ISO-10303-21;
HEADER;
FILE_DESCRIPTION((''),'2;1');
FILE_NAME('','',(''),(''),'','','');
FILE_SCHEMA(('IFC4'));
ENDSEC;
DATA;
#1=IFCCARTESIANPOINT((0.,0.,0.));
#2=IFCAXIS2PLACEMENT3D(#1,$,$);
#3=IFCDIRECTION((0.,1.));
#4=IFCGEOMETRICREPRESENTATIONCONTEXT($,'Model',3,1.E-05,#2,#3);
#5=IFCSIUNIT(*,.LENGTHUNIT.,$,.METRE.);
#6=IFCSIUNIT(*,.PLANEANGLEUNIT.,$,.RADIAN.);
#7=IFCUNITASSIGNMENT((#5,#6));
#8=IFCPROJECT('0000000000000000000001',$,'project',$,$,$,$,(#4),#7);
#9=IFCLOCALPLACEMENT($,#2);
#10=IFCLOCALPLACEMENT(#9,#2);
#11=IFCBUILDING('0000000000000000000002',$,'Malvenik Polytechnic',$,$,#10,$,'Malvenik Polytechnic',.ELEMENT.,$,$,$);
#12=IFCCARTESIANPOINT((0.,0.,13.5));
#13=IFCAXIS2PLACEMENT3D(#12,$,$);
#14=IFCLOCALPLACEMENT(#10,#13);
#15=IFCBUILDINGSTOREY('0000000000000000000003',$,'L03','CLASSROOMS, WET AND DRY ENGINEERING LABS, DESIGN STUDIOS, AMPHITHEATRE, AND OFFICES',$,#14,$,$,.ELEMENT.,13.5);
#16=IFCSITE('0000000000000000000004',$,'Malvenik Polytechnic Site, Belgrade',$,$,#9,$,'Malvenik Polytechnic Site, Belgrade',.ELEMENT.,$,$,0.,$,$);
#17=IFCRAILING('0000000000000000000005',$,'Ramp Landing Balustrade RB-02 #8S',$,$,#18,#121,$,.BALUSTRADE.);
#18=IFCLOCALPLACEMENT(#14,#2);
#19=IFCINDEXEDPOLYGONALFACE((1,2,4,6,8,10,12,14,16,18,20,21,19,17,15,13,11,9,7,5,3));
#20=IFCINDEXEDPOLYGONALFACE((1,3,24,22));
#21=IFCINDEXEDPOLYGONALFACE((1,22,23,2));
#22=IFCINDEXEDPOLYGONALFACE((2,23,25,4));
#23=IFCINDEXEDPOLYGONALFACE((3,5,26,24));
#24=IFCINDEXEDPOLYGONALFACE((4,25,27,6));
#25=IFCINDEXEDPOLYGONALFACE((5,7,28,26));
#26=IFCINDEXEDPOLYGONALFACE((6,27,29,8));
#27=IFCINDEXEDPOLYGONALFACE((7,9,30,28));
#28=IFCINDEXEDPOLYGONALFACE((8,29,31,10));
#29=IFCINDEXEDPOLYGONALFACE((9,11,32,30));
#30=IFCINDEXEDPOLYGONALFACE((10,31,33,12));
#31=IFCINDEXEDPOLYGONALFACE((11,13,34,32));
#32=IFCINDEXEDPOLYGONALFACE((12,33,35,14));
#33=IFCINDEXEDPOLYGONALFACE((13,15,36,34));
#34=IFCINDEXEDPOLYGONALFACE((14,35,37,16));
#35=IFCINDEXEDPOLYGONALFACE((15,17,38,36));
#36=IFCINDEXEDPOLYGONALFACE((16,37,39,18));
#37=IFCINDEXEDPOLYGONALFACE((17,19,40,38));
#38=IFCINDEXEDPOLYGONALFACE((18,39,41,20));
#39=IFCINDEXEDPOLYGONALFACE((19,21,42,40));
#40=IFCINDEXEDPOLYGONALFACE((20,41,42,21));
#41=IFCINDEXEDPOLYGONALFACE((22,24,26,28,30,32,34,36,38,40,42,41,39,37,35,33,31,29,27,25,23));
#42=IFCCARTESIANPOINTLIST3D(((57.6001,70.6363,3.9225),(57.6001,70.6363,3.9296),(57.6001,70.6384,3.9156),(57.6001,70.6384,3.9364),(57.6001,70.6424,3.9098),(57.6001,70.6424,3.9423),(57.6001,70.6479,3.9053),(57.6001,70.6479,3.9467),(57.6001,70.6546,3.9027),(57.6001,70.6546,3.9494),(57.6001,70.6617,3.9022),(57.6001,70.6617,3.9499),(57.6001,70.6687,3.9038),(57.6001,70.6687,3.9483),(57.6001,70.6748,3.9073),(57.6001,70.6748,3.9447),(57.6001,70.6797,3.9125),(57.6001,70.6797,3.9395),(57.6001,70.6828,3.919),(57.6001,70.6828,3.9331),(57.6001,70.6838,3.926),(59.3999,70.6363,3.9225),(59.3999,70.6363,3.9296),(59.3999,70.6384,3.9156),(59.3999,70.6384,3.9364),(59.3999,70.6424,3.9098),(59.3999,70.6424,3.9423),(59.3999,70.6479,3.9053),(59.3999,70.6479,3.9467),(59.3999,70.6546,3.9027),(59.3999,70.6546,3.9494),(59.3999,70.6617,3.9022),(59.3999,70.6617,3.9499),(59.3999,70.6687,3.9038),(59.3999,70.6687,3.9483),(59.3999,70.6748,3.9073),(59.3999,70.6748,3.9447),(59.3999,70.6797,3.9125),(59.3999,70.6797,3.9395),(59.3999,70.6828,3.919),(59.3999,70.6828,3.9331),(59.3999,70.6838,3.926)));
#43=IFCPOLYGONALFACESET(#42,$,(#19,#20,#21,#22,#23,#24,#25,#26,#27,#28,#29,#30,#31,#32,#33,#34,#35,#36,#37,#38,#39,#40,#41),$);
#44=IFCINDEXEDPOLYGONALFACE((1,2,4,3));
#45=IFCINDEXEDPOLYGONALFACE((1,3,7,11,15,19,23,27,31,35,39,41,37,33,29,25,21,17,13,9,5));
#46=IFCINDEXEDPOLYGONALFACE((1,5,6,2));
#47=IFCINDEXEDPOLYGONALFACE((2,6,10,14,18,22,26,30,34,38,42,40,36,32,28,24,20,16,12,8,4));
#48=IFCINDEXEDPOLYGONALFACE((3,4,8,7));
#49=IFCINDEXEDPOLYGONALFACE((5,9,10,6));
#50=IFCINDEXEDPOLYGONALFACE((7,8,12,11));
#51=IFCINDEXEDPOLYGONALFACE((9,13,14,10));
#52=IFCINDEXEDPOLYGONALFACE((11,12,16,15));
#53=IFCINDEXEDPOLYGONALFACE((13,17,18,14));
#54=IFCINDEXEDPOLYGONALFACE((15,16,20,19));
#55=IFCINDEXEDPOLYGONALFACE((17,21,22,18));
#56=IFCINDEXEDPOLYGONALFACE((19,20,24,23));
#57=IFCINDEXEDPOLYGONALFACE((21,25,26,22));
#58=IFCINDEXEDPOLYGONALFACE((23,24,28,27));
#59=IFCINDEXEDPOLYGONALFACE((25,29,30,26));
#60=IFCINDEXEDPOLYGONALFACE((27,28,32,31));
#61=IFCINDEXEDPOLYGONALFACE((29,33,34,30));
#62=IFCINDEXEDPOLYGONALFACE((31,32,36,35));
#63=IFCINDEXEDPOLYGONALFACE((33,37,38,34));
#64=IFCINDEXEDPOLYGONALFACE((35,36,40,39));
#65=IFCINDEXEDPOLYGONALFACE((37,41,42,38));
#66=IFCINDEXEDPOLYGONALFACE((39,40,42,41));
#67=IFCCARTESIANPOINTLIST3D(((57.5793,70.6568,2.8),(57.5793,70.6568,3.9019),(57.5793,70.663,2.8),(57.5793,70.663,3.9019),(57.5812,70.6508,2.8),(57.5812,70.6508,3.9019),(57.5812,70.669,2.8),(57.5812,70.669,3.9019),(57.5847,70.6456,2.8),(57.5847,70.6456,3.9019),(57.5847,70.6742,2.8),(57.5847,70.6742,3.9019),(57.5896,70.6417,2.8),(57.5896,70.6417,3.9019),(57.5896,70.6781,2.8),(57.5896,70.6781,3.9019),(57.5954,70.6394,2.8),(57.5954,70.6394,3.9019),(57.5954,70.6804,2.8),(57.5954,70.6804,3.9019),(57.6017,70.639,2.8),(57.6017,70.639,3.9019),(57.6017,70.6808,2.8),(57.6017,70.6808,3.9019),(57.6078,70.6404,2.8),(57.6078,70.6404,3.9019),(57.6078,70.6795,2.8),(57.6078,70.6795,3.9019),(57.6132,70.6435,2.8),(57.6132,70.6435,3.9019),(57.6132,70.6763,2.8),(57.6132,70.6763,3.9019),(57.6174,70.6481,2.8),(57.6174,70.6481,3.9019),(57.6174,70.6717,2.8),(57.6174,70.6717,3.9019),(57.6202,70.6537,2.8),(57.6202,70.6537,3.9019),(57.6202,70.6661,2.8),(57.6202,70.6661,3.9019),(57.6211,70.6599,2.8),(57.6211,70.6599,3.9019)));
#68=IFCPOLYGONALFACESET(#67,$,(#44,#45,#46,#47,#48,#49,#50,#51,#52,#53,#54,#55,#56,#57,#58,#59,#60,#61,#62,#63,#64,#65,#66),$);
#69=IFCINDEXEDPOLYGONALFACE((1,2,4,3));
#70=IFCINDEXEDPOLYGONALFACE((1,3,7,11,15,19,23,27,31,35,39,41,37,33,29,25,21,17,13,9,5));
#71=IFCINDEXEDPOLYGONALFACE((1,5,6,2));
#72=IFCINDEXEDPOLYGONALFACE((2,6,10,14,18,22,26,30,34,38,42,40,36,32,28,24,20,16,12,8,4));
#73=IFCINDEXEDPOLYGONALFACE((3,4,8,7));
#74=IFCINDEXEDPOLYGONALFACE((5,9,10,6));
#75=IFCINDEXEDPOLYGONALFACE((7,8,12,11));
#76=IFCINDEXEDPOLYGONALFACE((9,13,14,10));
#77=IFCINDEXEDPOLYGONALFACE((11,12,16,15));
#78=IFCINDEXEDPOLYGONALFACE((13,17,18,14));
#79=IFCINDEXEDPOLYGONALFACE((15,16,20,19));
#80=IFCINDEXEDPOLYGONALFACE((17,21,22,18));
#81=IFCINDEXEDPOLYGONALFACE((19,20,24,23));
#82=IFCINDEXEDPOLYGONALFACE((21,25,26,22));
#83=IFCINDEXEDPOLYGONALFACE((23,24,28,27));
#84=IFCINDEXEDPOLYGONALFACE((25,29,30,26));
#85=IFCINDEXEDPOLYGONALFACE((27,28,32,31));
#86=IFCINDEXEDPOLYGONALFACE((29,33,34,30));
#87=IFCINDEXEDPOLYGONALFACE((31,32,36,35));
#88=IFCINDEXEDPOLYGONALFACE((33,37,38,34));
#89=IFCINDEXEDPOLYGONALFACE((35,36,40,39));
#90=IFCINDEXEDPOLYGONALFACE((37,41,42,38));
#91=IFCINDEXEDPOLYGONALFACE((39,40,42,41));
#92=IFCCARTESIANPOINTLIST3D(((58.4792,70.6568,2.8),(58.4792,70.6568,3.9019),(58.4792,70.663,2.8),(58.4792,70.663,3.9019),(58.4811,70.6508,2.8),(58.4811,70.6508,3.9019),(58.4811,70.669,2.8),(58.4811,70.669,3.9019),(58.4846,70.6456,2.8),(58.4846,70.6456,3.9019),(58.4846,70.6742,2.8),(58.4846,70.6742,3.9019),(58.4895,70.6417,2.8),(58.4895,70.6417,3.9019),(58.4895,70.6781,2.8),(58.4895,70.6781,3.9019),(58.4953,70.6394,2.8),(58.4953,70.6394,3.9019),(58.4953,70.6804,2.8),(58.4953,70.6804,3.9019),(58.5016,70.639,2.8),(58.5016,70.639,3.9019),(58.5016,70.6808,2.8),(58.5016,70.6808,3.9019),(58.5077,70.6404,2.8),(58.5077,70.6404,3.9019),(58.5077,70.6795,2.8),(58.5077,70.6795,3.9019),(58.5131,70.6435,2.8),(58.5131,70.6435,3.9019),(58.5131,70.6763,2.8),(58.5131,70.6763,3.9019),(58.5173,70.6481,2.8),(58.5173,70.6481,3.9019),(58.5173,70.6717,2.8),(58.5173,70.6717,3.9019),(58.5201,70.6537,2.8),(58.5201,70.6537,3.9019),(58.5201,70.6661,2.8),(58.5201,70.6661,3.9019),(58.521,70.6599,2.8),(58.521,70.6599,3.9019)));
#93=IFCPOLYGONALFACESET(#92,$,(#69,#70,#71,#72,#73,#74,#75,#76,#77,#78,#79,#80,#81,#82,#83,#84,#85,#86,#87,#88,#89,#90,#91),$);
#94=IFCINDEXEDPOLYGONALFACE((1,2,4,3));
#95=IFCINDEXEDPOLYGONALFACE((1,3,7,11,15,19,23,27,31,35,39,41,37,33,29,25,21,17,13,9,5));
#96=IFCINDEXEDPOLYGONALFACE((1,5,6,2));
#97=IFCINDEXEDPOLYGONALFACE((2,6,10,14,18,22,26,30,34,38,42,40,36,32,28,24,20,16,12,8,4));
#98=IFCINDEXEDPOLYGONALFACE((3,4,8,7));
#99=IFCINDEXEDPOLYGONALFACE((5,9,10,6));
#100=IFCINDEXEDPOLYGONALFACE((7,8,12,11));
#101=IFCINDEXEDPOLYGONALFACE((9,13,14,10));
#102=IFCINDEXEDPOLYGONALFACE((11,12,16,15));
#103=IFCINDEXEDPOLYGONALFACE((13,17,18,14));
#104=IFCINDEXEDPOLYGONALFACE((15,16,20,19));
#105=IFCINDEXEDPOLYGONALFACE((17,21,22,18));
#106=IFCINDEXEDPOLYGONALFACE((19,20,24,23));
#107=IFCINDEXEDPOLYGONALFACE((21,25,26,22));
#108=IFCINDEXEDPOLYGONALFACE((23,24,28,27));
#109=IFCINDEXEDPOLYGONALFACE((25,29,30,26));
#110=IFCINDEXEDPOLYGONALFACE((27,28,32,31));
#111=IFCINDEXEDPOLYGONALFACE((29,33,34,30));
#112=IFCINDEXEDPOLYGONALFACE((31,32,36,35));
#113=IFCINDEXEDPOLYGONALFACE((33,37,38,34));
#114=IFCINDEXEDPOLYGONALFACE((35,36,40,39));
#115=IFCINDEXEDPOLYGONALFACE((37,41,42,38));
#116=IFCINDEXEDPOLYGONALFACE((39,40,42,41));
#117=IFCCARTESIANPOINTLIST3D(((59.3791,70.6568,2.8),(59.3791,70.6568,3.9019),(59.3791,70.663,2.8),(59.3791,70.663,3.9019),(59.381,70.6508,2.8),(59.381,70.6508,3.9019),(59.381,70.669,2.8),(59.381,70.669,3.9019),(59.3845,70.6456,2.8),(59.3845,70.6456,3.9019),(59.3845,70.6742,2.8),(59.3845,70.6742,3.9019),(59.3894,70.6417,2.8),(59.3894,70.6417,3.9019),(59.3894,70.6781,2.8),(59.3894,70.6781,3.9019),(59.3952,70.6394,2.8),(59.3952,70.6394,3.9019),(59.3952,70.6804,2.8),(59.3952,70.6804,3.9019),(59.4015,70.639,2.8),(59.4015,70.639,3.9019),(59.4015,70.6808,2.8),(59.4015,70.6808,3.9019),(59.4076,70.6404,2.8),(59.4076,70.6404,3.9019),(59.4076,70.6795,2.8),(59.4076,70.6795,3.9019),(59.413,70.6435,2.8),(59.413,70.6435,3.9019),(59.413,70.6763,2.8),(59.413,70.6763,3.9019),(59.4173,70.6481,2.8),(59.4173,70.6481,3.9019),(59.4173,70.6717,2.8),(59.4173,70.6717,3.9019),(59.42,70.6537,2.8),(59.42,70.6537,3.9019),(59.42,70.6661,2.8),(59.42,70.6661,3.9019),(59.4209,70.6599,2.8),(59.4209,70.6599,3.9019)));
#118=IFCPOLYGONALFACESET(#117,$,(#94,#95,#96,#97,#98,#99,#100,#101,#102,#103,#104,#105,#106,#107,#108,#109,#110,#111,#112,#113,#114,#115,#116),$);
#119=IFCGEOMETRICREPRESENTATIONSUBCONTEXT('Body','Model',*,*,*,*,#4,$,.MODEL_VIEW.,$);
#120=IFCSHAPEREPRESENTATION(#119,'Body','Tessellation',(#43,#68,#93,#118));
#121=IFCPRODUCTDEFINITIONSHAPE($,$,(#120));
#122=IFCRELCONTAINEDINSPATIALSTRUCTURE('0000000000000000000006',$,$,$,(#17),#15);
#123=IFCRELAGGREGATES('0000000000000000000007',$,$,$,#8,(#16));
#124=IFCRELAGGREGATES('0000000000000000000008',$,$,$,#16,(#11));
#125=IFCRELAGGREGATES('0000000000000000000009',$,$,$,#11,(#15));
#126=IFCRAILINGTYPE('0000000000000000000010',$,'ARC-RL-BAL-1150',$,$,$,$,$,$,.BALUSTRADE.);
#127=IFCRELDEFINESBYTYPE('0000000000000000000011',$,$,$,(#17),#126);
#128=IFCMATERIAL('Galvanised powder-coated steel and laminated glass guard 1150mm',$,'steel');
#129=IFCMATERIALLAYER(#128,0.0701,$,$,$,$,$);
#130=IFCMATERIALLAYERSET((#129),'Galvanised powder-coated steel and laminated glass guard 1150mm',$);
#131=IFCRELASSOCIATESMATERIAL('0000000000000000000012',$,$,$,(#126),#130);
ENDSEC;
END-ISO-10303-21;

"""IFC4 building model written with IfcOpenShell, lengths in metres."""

from ifc_helpers import new_model, si_unit, direction, frame, origin, origin_2d, place, context, subcontext, project, spatial, circle, extrude, material, layer, layer_set, type_object, element, save


model = new_model("IFC4")

# Units and contexts
model_context = context("Model", 3, precision=1e-05, world=origin(), true_north=direction((0.0, 1.0)))
body_context = subcontext(model_context, "Body", "Model", "MODEL_VIEW")
ifc_project = project(units=[si_unit("LENGTHUNIT", "METRE"), si_unit("PLANEANGLEUNIT", "RADIAN")], contexts=[model_context])

# Site, building, storey
site_placement = place(None, origin())
site = spatial("IfcSite", under=ifc_project, at=site_placement, Name="Malvenik Polytechnic Site, Belgrade", LongName="Malvenik Polytechnic Site, Belgrade", CompositionType="ELEMENT", RefElevation=0.0)
building_placement = place(site_placement, origin())
building = spatial("IfcBuilding", under=site, at=building_placement, Name="Malvenik Polytechnic", LongName="Malvenik Polytechnic", CompositionType="ELEMENT")
storey_placement = place(building_placement, frame((0.0, 0.0, 13.5)))
storey = spatial("IfcBuildingStorey", under=building, at=storey_placement, Name="L03", Description="CLASSROOMS, WET AND DRY ENGINEERING LABS, DESIGN STUDIOS, AMPHITHEATRE, AND OFFICES", CompositionType="ELEMENT", Elevation=13.5)

# Railing
ifc_material_1 = material(Name="Galvanised powder-coated steel and laminated glass guard 1150mm", Category="steel")
ifc_layer_1 = layer(ifc_material_1, 0.0701)
ifc_layer_set_1 = layer_set([ifc_layer_1], Name="Galvanised powder-coated steel and laminated glass guard 1150mm")
railing_type_1 = type_object("IfcRailingType", Name="ARC-RL-BAL-1150", PredefinedType="BALUSTRADE", material=ifc_layer_set_1)
railing_1_placement = place(storey_placement, frame((57.6001, 70.6599, 2.8)))
element("IfcRailing", 1, at=railing_1_placement, inside=storey, type_object=railing_type_1, Name="Ramp Landing Balustrade RB-02 #8S", PredefinedType="BALUSTRADE", context=body_context, shape_type="SweptSolid", body=[
    extrude(circle(Radius=0.0239, at=origin_2d()), frame((0.0, 0.0, 1.126), z_axis=(1.0, 0.0, 0.0), x_axis=(0.0, 1.0, 0.0)), (0.0, 0.0, 1.0), 1.7998),
    extrude(circle(Radius=0.021, at=origin_2d()), origin(), (0.0, 0.0, 1.0), 1.1018),
    extrude(circle(Radius=0.021, at=origin_2d()), frame((0.8999, 0.0, 0.0)), (0.0, 0.0, 1.0), 1.1018),
    extrude(circle(Radius=0.021, at=origin_2d()), frame((1.7998, 0.0, 0.0)), (0.0, 0.0, 1.0), 1.1018),
])

save(model, "model.ifc")
